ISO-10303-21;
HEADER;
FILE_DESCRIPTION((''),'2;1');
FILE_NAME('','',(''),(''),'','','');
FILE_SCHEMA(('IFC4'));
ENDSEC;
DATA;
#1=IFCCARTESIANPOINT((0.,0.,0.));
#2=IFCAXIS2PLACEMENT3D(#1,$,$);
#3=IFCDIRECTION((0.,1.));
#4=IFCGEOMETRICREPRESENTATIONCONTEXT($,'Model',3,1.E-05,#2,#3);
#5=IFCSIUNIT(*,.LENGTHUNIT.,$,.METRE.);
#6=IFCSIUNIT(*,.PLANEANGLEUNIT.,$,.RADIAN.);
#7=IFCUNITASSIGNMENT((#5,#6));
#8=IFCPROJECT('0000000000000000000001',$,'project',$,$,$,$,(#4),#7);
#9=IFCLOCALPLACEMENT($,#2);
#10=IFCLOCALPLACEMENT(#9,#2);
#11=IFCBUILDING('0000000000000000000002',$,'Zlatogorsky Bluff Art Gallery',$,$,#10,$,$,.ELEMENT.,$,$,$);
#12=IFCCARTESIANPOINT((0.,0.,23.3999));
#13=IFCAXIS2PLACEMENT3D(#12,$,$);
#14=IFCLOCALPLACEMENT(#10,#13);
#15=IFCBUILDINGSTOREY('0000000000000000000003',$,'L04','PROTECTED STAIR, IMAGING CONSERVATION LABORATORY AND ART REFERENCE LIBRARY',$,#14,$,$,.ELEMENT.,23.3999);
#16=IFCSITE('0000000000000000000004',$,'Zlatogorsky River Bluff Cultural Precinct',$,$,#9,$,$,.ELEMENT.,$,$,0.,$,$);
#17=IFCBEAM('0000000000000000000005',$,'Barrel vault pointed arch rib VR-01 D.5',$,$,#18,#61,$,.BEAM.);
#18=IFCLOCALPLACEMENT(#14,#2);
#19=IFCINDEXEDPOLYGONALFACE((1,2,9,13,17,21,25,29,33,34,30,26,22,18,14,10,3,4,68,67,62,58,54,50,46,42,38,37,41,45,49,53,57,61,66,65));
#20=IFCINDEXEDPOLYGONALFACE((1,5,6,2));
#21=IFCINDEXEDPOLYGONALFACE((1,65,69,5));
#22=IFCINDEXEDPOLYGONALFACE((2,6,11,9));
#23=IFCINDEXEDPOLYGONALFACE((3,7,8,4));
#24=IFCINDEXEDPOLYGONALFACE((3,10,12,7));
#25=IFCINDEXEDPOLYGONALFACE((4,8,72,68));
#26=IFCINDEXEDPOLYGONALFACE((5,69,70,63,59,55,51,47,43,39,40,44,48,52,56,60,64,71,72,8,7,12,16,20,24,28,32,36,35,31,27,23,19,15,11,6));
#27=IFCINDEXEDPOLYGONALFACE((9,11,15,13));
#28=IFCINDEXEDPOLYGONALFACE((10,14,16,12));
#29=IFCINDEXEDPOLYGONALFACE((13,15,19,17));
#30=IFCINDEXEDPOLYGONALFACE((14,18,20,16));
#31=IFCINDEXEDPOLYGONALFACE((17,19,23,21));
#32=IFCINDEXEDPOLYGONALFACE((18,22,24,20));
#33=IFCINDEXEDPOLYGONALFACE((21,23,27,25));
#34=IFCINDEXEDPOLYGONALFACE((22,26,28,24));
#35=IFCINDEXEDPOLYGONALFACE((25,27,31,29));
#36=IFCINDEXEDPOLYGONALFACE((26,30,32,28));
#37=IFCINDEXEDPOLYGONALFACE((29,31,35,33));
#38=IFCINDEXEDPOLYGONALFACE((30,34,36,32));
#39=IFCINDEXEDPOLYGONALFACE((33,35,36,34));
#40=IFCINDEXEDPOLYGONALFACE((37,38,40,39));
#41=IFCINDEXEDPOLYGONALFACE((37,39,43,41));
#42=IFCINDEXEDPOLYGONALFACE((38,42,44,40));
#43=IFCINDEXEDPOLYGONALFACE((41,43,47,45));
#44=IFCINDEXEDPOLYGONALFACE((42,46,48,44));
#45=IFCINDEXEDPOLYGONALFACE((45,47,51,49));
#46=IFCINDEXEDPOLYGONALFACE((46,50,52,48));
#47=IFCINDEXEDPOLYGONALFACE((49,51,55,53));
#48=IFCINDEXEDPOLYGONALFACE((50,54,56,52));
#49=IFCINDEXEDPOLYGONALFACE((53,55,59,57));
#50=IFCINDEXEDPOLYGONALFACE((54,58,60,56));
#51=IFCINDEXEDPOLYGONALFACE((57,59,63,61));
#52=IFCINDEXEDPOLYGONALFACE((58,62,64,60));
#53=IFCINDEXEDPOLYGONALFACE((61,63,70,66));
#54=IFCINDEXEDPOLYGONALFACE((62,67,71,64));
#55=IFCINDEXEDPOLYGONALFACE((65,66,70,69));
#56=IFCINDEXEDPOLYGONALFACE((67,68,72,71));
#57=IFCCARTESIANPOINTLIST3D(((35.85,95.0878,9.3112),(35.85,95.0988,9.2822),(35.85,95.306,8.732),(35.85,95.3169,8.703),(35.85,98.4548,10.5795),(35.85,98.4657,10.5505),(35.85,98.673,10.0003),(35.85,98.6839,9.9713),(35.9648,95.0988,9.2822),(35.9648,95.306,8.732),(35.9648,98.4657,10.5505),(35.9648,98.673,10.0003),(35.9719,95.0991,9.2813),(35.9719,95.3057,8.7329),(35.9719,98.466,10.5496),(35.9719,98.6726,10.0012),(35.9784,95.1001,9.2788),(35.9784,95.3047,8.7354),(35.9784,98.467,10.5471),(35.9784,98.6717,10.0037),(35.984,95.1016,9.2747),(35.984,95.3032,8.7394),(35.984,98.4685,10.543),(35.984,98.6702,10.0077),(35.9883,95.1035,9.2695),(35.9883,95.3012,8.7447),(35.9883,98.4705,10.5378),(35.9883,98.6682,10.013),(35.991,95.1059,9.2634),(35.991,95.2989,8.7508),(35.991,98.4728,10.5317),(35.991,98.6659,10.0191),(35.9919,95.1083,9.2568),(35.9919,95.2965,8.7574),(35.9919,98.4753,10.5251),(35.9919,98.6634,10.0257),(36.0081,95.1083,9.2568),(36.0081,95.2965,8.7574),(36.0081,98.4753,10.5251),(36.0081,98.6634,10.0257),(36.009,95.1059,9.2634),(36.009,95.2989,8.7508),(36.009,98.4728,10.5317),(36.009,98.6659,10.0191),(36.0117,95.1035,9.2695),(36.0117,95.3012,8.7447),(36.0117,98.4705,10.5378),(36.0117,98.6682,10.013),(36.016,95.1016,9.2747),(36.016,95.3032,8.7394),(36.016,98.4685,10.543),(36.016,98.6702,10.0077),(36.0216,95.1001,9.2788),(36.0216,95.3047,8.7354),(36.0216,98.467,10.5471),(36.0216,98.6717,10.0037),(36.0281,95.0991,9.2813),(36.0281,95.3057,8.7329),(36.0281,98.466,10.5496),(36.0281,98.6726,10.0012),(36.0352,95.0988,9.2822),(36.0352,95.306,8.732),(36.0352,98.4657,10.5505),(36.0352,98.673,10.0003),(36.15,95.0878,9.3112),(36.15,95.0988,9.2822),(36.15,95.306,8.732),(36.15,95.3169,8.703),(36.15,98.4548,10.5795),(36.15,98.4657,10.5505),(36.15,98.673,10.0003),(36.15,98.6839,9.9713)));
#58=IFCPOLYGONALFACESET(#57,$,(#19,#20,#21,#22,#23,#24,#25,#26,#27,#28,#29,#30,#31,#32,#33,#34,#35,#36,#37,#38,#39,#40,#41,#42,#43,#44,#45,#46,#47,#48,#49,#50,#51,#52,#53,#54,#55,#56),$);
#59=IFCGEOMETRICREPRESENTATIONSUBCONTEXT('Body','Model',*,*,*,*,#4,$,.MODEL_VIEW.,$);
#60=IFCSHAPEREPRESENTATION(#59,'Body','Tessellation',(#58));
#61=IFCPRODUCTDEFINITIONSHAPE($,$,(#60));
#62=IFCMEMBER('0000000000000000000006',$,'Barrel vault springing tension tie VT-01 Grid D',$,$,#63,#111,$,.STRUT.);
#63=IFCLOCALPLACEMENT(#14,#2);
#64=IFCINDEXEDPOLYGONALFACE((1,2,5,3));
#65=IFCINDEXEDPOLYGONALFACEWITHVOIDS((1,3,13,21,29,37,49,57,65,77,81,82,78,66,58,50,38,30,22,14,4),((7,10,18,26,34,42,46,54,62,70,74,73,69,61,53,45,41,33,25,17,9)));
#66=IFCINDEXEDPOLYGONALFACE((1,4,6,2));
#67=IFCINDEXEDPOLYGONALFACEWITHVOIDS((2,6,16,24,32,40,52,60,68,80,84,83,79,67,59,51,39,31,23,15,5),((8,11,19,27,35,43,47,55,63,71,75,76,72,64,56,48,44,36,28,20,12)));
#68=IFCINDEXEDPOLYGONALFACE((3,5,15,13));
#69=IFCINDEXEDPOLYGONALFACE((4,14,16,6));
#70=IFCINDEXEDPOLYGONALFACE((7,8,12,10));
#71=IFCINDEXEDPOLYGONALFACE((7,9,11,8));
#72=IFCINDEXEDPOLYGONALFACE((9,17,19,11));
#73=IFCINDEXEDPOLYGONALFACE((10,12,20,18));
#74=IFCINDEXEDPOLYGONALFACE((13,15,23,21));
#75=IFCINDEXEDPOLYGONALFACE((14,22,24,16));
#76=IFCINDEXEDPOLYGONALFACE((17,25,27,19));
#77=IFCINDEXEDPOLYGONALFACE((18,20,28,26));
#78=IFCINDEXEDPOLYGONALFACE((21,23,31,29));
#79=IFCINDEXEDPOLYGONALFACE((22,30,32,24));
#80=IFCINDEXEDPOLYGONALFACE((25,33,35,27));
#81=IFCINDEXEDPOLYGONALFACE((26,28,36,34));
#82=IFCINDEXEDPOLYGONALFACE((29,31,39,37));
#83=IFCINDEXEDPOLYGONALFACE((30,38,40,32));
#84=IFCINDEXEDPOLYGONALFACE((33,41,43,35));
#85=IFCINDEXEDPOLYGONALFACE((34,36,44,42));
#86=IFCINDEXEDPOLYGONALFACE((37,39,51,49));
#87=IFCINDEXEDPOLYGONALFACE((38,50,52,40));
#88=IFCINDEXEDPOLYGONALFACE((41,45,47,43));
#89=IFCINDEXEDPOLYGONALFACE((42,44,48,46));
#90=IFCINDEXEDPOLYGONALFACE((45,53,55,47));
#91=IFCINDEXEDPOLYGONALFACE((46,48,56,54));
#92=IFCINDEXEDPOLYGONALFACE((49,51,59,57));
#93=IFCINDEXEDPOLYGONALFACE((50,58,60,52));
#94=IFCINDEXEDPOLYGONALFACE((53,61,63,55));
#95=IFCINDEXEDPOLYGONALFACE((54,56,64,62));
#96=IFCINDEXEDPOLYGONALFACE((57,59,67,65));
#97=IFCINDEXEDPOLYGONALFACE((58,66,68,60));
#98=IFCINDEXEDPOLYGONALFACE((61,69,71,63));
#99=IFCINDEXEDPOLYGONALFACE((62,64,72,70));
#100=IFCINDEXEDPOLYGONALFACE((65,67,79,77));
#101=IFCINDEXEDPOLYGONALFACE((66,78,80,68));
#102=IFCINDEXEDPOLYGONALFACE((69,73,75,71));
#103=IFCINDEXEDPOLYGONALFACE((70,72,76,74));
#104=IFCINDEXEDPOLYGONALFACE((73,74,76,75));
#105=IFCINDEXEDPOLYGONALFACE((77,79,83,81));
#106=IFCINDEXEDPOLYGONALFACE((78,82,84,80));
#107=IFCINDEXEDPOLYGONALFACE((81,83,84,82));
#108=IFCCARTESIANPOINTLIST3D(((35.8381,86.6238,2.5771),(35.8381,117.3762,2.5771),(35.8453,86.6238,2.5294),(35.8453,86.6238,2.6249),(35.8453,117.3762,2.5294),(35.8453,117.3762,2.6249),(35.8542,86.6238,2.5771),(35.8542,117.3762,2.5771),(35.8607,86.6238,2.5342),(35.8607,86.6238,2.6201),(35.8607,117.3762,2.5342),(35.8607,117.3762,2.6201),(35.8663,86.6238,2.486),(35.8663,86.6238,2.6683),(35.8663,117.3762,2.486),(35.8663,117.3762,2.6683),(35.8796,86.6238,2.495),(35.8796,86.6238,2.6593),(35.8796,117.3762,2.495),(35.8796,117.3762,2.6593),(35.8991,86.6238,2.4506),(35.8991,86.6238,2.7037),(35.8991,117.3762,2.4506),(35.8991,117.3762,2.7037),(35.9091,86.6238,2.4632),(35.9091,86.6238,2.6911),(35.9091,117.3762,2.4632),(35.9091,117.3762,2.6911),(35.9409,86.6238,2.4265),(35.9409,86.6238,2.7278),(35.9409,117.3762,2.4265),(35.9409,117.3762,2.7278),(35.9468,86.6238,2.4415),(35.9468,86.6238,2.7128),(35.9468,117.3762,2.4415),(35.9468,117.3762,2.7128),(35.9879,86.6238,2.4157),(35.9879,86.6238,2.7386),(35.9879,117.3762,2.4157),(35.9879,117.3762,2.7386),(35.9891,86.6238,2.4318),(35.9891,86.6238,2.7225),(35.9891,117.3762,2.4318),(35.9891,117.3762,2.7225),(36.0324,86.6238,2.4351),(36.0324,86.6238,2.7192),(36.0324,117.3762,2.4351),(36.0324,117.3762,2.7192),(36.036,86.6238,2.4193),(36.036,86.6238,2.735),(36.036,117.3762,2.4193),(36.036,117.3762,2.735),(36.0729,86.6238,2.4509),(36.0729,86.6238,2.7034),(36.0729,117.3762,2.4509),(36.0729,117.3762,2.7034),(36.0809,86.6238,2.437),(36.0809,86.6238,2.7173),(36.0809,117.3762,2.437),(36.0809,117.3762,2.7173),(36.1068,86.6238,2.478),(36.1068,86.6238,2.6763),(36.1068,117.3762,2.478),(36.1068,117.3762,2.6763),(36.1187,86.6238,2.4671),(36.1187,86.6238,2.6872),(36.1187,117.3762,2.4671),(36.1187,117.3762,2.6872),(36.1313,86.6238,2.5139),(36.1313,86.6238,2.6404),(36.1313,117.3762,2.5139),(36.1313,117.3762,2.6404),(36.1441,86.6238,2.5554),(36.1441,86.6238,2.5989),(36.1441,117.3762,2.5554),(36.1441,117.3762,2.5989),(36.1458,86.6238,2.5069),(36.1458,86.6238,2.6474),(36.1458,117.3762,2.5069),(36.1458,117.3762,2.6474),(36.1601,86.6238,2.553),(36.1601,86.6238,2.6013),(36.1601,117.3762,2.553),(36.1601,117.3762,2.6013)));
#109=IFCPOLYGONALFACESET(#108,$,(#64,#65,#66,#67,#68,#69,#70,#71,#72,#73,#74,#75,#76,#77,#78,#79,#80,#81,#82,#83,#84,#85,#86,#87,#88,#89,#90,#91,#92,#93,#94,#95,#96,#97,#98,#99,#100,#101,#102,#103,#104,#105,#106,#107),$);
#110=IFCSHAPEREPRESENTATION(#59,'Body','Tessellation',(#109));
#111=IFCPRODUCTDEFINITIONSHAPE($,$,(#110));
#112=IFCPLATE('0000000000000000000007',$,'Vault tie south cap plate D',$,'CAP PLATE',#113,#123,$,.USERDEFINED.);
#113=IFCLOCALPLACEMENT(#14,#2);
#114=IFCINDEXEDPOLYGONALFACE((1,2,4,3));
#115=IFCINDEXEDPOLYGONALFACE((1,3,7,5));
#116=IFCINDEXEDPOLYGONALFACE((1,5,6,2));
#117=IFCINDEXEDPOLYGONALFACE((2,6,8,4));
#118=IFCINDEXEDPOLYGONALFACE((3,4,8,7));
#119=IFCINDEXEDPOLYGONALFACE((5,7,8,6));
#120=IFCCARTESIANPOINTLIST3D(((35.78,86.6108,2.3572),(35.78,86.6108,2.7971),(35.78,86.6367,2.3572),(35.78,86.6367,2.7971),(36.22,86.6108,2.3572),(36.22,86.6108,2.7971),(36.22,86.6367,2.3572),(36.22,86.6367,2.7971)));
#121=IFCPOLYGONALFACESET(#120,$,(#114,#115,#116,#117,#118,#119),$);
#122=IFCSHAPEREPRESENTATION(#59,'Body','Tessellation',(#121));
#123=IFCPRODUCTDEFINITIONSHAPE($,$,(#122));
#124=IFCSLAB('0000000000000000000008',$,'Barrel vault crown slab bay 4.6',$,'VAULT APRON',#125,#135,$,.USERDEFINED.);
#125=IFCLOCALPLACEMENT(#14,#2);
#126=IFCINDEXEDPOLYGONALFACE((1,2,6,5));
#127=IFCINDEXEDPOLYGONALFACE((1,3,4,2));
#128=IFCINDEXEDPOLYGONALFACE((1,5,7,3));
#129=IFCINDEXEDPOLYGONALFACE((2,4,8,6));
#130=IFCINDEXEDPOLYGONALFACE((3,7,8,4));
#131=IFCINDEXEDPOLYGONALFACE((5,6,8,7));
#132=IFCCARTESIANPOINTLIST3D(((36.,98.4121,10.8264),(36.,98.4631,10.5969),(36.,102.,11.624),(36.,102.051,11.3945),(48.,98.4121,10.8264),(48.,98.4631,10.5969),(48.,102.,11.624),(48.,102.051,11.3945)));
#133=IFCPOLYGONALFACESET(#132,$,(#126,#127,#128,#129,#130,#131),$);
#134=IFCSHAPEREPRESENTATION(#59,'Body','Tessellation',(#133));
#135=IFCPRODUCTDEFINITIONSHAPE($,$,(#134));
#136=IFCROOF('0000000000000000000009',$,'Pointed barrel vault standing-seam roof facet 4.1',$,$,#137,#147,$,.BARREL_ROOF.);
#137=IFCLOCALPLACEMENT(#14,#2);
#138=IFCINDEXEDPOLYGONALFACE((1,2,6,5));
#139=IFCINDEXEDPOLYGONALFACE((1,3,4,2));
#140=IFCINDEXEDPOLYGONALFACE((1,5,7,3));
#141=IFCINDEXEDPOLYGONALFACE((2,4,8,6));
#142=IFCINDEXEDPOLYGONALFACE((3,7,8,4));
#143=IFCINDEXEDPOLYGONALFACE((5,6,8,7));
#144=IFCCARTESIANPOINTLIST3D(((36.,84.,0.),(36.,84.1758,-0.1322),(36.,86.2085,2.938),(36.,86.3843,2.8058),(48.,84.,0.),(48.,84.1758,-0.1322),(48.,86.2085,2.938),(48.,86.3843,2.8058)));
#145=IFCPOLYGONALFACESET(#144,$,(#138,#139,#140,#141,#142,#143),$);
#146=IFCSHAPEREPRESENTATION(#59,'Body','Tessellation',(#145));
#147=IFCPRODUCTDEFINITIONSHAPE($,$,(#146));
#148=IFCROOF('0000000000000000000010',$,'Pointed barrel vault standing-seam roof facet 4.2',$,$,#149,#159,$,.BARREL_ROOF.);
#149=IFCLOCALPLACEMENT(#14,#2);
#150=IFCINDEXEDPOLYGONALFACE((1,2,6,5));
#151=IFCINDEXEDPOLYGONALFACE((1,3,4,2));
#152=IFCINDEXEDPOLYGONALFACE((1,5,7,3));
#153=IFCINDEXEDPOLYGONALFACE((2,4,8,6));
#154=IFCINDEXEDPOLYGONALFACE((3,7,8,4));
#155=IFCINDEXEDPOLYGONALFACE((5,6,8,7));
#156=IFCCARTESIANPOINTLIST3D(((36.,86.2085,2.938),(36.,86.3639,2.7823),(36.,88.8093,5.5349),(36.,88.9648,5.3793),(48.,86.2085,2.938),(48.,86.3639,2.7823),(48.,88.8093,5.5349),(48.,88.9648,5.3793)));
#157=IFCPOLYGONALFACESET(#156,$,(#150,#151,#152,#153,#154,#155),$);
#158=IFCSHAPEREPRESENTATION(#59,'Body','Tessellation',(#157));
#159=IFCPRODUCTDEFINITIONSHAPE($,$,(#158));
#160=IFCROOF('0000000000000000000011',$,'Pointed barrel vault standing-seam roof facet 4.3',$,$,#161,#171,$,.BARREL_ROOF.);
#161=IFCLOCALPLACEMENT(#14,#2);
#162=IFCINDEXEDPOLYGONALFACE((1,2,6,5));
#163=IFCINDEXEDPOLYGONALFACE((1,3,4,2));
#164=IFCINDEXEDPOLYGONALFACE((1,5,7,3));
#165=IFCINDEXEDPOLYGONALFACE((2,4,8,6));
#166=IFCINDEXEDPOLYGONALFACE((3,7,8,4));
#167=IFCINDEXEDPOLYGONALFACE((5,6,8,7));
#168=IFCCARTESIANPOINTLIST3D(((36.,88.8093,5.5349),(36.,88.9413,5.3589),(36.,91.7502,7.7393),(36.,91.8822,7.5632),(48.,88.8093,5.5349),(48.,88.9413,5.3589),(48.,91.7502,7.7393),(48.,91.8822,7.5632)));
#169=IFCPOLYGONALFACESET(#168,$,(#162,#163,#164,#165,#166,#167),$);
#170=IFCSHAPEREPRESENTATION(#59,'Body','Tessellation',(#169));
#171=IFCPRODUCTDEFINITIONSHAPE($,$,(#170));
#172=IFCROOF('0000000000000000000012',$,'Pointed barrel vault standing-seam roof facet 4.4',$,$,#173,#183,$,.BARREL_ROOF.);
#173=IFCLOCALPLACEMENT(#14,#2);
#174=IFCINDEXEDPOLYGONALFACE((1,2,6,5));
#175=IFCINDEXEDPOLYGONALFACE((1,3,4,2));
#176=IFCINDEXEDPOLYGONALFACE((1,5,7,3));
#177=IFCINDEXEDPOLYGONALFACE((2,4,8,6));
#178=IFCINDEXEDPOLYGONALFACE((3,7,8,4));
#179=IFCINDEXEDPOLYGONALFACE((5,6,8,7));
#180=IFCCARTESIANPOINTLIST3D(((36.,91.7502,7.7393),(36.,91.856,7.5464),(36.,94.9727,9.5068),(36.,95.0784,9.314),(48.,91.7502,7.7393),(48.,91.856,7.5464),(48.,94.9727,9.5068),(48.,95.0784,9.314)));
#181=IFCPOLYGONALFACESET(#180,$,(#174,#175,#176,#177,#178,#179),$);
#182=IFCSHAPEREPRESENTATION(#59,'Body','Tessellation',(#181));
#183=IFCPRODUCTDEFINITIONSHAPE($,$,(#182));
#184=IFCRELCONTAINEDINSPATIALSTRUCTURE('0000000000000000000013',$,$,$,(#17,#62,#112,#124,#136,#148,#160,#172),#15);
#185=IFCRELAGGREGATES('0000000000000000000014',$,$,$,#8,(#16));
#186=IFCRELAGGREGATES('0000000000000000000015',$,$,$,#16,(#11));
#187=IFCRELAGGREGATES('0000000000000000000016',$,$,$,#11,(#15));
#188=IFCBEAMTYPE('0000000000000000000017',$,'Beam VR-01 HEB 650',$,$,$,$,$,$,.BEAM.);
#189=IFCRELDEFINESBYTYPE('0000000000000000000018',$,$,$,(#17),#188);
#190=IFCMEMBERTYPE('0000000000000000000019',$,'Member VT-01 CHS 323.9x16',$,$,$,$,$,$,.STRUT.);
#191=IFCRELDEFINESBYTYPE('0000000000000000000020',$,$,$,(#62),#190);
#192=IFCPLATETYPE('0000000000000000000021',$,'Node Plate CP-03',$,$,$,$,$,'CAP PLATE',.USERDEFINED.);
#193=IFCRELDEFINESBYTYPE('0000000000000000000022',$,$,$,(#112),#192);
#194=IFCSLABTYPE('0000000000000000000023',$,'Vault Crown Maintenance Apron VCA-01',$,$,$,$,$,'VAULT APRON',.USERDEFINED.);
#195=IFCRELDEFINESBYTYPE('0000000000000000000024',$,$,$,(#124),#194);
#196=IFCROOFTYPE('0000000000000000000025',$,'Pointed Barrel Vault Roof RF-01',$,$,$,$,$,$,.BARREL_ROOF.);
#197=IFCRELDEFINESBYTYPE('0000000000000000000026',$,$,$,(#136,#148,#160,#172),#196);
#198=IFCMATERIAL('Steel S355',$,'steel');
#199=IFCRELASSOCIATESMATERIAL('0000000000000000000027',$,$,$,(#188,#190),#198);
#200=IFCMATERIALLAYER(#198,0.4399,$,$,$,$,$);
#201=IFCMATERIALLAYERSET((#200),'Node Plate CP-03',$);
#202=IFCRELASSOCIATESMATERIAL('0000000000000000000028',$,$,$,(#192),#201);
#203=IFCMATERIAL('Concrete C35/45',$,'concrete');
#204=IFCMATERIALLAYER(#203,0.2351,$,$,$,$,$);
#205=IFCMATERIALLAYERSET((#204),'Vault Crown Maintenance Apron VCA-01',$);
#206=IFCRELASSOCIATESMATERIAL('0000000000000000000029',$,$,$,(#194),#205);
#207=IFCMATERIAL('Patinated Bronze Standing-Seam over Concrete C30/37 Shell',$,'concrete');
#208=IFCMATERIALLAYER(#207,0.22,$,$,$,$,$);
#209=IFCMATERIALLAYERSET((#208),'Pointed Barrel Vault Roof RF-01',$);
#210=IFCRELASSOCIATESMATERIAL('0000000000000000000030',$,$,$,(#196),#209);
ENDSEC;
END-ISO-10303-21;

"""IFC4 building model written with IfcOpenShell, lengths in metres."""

from ifc_helpers import new_model, si_unit, direction, frame, origin, origin_2d, place, context, subcontext, project, spatial, polyline, rectangle, hollow_circle, i_section, outline, extrude, material, layer, layer_set, material_profile, profile_set, type_object, element, save


model = new_model("IFC4")

# Units and contexts
model_context = context("Model", 3, precision=1e-05, world=origin(), true_north=direction((0.0, 1.0)))
body_context = subcontext(model_context, "Body", "Model", "MODEL_VIEW")
ifc_project = project(units=[si_unit("LENGTHUNIT", "METRE"), si_unit("PLANEANGLEUNIT", "RADIAN")], contexts=[model_context])

# Site, building, storey
site_placement = place(None, origin())
site = spatial("IfcSite", under=ifc_project, at=site_placement, Name="Zlatogorsky River Bluff Cultural Precinct", CompositionType="ELEMENT", RefElevation=0.0)
building_placement = place(site_placement, origin())
building = spatial("IfcBuilding", under=site, at=building_placement, Name="Zlatogorsky Bluff Art Gallery", CompositionType="ELEMENT")
storey_placement = place(building_placement, frame((0.0, 0.0, 23.3999)))
storey = spatial("IfcBuildingStorey", under=building, at=storey_placement, Name="L04", Description="PROTECTED STAIR, IMAGING CONSERVATION LABORATORY AND ART REFERENCE LIBRARY", CompositionType="ELEMENT", Elevation=23.3999)

# Beam
ifc_material_1 = material(Name="Steel S355", Category="steel")
ifc_material_profile_1 = material_profile(ifc_material_1, i_section(OverallWidth=0.3, OverallDepth=0.6499, WebThickness=0.0161, FlangeThickness=0.031, FilletRadius=0.0271, at=origin_2d()), Name="HEB 650")
ifc_profile_set_1 = profile_set([ifc_material_profile_1], Name="Steel S355")
beam_type_1 = type_object("IfcBeamType", Name="Beam VR-01 HEB 650", PredefinedType="BEAM", material=ifc_profile_set_1)
beam_1_placement = place(storey_placement, frame((36.0, 95.2024, 9.0071), z_axis=(0.0, 0.935807, 0.352514), x_axis=(-1.0, 0.0, 0.0)))
element("IfcBeam", 1, at=beam_1_placement, inside=storey, type_object=beam_type_1, Name="Barrel vault pointed arch rib VR-01 D.5", PredefinedType="BEAM", context=body_context, shape_type="SweptSolid", body=[
    extrude(i_section(OverallWidth=0.3, OverallDepth=0.6499, WebThickness=0.0161, FlangeThickness=0.031, FilletRadius=0.0271, at=origin_2d()), origin(), (0.0, 0.0, 1.0), 3.5979),
])

# Member
ifc_material_profile_2 = material_profile(ifc_material_1, hollow_circle(Radius=0.1619, WallThickness=0.0161, at=origin_2d()), Name="CHS 323.9x16")
ifc_profile_set_2 = profile_set([ifc_material_profile_2], Name="Steel S355")
member_type = type_object("IfcMemberType", Name="Member VT-01 CHS 323.9x16", PredefinedType="STRUT", material=ifc_profile_set_2)
member_placement = place(storey_placement, frame((36.0, 86.6238, 2.5771), z_axis=(0.0, 1.0, 0.0), x_axis=(-1.0, 0.0, 0.0)))
element("IfcMember", 2, at=member_placement, inside=storey, type_object=member_type, Name="Barrel vault springing tension tie VT-01 Grid D", PredefinedType="STRUT", context=body_context, shape_type="SweptSolid", body=[
    extrude(hollow_circle(Radius=0.1619, WallThickness=0.0161, at=origin_2d()), origin(), (0.0, 0.0, 1.0), 30.7524),
])

# Plate
ifc_layer_1 = layer(ifc_material_1, 0.4399)
ifc_layer_set_1 = layer_set([ifc_layer_1], Name="Node Plate CP-03")
plate_type = type_object("IfcPlateType", Name="Node Plate CP-03", ElementType="CAP PLATE", PredefinedType="USERDEFINED", material=ifc_layer_set_1)
plate_placement = place(storey_placement, frame((36.0, 86.6238, 2.3572), z_axis=(0.0, 0.0, 1.0), x_axis=(1.0, 0.0, 0.0)))
element("IfcPlate", 3, at=plate_placement, inside=storey, type_object=plate_type, Name="Vault tie south cap plate D", ObjectType="CAP PLATE", PredefinedType="USERDEFINED", context=body_context, shape_type="SweptSolid", body=[
    extrude(rectangle(XDim=0.4399, YDim=0.0259, at=origin_2d()), origin(), (0.0, 0.0, 1.0), 0.4399),
])

# Slab
ifc_material_2 = material(Name="Concrete C35/45", Category="concrete")
ifc_layer_2 = layer(ifc_material_2, 0.2351)
ifc_layer_set_2 = layer_set([ifc_layer_2], Name="Vault Crown Maintenance Apron VCA-01")
slab_type = type_object("IfcSlabType", Name="Vault Crown Maintenance Apron VCA-01", ElementType="VAULT APRON", PredefinedType="USERDEFINED", material=ifc_layer_set_2)
slab_placement = place(storey_placement, frame((36.0, 98.4121, 10.8264), z_axis=(0.0, -0.217008, 0.97617), x_axis=(1.0, 0.0, 0.0)))
element("IfcSlab", 4, at=slab_placement, inside=storey, type_object=slab_type, Name="Barrel vault crown slab bay 4.6", ObjectType="VAULT APRON", PredefinedType="USERDEFINED", context=body_context, shape_type="SweptSolid", body=[
    extrude(outline(polyline([(0.0, 0.0), (12.0, 0.0), (12.0, 3.6755), (0.0, 3.6755), (0.0, 0.0)])), origin(), (0.0, 0.0, -1.0), 0.2351),
])

# Roofs
ifc_material_3 = material(Name="Patinated Bronze Standing-Seam over Concrete C30/37 Shell", Category="concrete")
ifc_layer_3 = layer(ifc_material_3, 0.22)
ifc_layer_set_3 = layer_set([ifc_layer_3], Name="Pointed Barrel Vault Roof RF-01")
roof_type = type_object("IfcRoofType", Name="Pointed Barrel Vault Roof RF-01", PredefinedType="BARREL_ROOF", material=ifc_layer_set_3)
roof_1_placement = place(storey_placement, frame((36.0, 84.0, 0.0), z_axis=(0.0, -0.799346, 0.600871), x_axis=(1.0, 0.0, 0.0)))
element("IfcRoof", 5, at=roof_1_placement, inside=storey, type_object=roof_type, Name="Pointed barrel vault standing-seam roof facet 4.1", PredefinedType="BARREL_ROOF", context=body_context, shape_type="SweptSolid", body=[
    extrude(outline(polyline([(0.0, 0.0), (12.0, 0.0), (12.0, 3.6755), (0.0, 3.6755), (0.0, 0.0)])), origin(), (0.0, 0.0, -1.0), 0.22),
])
roof_2_placement = place(storey_placement, frame((36.0, 86.2085, 2.938), z_axis=(0.0, -0.706575, 0.707638), x_axis=(1.0, 0.0, 0.0)))
element("IfcRoof", 6, at=roof_2_placement, inside=storey, type_object=roof_type, Name="Pointed barrel vault standing-seam roof facet 4.2", PredefinedType="BARREL_ROOF", context=body_context, shape_type="SweptSolid", body=[
    extrude(outline(polyline([(0.0, 0.0), (12.0, 0.0), (12.0, 3.6754), (0.0, 3.6754), (0.0, 0.0)])), origin(), (0.0, 0.0, -1.0), 0.22),
])
roof_3_placement = place(storey_placement, frame((36.0, 88.8093, 5.5349), z_axis=(0.0, -0.599766, 0.800175), x_axis=(1.0, 0.0, 0.0)))
element("IfcRoof", 7, at=roof_3_placement, inside=storey, type_object=roof_type, Name="Pointed barrel vault standing-seam roof facet 4.3", PredefinedType="BARREL_ROOF", context=body_context, shape_type="SweptSolid", body=[
    extrude(outline(polyline([(0.0, 0.0), (12.0, 0.0), (12.0, 3.6753), (0.0, 3.6753), (0.0, 0.0)])), origin(), (0.0, 0.0, -1.0), 0.22),
])
roof_4_placement = place(storey_placement, frame((36.0, 91.7502, 7.7393), z_axis=(0.0, -0.480927, 0.876761), x_axis=(1.0, 0.0, 0.0)))
element("IfcRoof", 8, at=roof_4_placement, inside=storey, type_object=roof_type, Name="Pointed barrel vault standing-seam roof facet 4.4", PredefinedType="BARREL_ROOF", context=body_context, shape_type="SweptSolid", body=[
    extrude(outline(polyline([(0.0, 0.0), (12.0, 0.0), (12.0, 3.6754), (0.0, 3.6754), (0.0, 0.0)])), origin(), (0.0, 0.0, -1.0), 0.22),
])

save(model, "model.ifc")
